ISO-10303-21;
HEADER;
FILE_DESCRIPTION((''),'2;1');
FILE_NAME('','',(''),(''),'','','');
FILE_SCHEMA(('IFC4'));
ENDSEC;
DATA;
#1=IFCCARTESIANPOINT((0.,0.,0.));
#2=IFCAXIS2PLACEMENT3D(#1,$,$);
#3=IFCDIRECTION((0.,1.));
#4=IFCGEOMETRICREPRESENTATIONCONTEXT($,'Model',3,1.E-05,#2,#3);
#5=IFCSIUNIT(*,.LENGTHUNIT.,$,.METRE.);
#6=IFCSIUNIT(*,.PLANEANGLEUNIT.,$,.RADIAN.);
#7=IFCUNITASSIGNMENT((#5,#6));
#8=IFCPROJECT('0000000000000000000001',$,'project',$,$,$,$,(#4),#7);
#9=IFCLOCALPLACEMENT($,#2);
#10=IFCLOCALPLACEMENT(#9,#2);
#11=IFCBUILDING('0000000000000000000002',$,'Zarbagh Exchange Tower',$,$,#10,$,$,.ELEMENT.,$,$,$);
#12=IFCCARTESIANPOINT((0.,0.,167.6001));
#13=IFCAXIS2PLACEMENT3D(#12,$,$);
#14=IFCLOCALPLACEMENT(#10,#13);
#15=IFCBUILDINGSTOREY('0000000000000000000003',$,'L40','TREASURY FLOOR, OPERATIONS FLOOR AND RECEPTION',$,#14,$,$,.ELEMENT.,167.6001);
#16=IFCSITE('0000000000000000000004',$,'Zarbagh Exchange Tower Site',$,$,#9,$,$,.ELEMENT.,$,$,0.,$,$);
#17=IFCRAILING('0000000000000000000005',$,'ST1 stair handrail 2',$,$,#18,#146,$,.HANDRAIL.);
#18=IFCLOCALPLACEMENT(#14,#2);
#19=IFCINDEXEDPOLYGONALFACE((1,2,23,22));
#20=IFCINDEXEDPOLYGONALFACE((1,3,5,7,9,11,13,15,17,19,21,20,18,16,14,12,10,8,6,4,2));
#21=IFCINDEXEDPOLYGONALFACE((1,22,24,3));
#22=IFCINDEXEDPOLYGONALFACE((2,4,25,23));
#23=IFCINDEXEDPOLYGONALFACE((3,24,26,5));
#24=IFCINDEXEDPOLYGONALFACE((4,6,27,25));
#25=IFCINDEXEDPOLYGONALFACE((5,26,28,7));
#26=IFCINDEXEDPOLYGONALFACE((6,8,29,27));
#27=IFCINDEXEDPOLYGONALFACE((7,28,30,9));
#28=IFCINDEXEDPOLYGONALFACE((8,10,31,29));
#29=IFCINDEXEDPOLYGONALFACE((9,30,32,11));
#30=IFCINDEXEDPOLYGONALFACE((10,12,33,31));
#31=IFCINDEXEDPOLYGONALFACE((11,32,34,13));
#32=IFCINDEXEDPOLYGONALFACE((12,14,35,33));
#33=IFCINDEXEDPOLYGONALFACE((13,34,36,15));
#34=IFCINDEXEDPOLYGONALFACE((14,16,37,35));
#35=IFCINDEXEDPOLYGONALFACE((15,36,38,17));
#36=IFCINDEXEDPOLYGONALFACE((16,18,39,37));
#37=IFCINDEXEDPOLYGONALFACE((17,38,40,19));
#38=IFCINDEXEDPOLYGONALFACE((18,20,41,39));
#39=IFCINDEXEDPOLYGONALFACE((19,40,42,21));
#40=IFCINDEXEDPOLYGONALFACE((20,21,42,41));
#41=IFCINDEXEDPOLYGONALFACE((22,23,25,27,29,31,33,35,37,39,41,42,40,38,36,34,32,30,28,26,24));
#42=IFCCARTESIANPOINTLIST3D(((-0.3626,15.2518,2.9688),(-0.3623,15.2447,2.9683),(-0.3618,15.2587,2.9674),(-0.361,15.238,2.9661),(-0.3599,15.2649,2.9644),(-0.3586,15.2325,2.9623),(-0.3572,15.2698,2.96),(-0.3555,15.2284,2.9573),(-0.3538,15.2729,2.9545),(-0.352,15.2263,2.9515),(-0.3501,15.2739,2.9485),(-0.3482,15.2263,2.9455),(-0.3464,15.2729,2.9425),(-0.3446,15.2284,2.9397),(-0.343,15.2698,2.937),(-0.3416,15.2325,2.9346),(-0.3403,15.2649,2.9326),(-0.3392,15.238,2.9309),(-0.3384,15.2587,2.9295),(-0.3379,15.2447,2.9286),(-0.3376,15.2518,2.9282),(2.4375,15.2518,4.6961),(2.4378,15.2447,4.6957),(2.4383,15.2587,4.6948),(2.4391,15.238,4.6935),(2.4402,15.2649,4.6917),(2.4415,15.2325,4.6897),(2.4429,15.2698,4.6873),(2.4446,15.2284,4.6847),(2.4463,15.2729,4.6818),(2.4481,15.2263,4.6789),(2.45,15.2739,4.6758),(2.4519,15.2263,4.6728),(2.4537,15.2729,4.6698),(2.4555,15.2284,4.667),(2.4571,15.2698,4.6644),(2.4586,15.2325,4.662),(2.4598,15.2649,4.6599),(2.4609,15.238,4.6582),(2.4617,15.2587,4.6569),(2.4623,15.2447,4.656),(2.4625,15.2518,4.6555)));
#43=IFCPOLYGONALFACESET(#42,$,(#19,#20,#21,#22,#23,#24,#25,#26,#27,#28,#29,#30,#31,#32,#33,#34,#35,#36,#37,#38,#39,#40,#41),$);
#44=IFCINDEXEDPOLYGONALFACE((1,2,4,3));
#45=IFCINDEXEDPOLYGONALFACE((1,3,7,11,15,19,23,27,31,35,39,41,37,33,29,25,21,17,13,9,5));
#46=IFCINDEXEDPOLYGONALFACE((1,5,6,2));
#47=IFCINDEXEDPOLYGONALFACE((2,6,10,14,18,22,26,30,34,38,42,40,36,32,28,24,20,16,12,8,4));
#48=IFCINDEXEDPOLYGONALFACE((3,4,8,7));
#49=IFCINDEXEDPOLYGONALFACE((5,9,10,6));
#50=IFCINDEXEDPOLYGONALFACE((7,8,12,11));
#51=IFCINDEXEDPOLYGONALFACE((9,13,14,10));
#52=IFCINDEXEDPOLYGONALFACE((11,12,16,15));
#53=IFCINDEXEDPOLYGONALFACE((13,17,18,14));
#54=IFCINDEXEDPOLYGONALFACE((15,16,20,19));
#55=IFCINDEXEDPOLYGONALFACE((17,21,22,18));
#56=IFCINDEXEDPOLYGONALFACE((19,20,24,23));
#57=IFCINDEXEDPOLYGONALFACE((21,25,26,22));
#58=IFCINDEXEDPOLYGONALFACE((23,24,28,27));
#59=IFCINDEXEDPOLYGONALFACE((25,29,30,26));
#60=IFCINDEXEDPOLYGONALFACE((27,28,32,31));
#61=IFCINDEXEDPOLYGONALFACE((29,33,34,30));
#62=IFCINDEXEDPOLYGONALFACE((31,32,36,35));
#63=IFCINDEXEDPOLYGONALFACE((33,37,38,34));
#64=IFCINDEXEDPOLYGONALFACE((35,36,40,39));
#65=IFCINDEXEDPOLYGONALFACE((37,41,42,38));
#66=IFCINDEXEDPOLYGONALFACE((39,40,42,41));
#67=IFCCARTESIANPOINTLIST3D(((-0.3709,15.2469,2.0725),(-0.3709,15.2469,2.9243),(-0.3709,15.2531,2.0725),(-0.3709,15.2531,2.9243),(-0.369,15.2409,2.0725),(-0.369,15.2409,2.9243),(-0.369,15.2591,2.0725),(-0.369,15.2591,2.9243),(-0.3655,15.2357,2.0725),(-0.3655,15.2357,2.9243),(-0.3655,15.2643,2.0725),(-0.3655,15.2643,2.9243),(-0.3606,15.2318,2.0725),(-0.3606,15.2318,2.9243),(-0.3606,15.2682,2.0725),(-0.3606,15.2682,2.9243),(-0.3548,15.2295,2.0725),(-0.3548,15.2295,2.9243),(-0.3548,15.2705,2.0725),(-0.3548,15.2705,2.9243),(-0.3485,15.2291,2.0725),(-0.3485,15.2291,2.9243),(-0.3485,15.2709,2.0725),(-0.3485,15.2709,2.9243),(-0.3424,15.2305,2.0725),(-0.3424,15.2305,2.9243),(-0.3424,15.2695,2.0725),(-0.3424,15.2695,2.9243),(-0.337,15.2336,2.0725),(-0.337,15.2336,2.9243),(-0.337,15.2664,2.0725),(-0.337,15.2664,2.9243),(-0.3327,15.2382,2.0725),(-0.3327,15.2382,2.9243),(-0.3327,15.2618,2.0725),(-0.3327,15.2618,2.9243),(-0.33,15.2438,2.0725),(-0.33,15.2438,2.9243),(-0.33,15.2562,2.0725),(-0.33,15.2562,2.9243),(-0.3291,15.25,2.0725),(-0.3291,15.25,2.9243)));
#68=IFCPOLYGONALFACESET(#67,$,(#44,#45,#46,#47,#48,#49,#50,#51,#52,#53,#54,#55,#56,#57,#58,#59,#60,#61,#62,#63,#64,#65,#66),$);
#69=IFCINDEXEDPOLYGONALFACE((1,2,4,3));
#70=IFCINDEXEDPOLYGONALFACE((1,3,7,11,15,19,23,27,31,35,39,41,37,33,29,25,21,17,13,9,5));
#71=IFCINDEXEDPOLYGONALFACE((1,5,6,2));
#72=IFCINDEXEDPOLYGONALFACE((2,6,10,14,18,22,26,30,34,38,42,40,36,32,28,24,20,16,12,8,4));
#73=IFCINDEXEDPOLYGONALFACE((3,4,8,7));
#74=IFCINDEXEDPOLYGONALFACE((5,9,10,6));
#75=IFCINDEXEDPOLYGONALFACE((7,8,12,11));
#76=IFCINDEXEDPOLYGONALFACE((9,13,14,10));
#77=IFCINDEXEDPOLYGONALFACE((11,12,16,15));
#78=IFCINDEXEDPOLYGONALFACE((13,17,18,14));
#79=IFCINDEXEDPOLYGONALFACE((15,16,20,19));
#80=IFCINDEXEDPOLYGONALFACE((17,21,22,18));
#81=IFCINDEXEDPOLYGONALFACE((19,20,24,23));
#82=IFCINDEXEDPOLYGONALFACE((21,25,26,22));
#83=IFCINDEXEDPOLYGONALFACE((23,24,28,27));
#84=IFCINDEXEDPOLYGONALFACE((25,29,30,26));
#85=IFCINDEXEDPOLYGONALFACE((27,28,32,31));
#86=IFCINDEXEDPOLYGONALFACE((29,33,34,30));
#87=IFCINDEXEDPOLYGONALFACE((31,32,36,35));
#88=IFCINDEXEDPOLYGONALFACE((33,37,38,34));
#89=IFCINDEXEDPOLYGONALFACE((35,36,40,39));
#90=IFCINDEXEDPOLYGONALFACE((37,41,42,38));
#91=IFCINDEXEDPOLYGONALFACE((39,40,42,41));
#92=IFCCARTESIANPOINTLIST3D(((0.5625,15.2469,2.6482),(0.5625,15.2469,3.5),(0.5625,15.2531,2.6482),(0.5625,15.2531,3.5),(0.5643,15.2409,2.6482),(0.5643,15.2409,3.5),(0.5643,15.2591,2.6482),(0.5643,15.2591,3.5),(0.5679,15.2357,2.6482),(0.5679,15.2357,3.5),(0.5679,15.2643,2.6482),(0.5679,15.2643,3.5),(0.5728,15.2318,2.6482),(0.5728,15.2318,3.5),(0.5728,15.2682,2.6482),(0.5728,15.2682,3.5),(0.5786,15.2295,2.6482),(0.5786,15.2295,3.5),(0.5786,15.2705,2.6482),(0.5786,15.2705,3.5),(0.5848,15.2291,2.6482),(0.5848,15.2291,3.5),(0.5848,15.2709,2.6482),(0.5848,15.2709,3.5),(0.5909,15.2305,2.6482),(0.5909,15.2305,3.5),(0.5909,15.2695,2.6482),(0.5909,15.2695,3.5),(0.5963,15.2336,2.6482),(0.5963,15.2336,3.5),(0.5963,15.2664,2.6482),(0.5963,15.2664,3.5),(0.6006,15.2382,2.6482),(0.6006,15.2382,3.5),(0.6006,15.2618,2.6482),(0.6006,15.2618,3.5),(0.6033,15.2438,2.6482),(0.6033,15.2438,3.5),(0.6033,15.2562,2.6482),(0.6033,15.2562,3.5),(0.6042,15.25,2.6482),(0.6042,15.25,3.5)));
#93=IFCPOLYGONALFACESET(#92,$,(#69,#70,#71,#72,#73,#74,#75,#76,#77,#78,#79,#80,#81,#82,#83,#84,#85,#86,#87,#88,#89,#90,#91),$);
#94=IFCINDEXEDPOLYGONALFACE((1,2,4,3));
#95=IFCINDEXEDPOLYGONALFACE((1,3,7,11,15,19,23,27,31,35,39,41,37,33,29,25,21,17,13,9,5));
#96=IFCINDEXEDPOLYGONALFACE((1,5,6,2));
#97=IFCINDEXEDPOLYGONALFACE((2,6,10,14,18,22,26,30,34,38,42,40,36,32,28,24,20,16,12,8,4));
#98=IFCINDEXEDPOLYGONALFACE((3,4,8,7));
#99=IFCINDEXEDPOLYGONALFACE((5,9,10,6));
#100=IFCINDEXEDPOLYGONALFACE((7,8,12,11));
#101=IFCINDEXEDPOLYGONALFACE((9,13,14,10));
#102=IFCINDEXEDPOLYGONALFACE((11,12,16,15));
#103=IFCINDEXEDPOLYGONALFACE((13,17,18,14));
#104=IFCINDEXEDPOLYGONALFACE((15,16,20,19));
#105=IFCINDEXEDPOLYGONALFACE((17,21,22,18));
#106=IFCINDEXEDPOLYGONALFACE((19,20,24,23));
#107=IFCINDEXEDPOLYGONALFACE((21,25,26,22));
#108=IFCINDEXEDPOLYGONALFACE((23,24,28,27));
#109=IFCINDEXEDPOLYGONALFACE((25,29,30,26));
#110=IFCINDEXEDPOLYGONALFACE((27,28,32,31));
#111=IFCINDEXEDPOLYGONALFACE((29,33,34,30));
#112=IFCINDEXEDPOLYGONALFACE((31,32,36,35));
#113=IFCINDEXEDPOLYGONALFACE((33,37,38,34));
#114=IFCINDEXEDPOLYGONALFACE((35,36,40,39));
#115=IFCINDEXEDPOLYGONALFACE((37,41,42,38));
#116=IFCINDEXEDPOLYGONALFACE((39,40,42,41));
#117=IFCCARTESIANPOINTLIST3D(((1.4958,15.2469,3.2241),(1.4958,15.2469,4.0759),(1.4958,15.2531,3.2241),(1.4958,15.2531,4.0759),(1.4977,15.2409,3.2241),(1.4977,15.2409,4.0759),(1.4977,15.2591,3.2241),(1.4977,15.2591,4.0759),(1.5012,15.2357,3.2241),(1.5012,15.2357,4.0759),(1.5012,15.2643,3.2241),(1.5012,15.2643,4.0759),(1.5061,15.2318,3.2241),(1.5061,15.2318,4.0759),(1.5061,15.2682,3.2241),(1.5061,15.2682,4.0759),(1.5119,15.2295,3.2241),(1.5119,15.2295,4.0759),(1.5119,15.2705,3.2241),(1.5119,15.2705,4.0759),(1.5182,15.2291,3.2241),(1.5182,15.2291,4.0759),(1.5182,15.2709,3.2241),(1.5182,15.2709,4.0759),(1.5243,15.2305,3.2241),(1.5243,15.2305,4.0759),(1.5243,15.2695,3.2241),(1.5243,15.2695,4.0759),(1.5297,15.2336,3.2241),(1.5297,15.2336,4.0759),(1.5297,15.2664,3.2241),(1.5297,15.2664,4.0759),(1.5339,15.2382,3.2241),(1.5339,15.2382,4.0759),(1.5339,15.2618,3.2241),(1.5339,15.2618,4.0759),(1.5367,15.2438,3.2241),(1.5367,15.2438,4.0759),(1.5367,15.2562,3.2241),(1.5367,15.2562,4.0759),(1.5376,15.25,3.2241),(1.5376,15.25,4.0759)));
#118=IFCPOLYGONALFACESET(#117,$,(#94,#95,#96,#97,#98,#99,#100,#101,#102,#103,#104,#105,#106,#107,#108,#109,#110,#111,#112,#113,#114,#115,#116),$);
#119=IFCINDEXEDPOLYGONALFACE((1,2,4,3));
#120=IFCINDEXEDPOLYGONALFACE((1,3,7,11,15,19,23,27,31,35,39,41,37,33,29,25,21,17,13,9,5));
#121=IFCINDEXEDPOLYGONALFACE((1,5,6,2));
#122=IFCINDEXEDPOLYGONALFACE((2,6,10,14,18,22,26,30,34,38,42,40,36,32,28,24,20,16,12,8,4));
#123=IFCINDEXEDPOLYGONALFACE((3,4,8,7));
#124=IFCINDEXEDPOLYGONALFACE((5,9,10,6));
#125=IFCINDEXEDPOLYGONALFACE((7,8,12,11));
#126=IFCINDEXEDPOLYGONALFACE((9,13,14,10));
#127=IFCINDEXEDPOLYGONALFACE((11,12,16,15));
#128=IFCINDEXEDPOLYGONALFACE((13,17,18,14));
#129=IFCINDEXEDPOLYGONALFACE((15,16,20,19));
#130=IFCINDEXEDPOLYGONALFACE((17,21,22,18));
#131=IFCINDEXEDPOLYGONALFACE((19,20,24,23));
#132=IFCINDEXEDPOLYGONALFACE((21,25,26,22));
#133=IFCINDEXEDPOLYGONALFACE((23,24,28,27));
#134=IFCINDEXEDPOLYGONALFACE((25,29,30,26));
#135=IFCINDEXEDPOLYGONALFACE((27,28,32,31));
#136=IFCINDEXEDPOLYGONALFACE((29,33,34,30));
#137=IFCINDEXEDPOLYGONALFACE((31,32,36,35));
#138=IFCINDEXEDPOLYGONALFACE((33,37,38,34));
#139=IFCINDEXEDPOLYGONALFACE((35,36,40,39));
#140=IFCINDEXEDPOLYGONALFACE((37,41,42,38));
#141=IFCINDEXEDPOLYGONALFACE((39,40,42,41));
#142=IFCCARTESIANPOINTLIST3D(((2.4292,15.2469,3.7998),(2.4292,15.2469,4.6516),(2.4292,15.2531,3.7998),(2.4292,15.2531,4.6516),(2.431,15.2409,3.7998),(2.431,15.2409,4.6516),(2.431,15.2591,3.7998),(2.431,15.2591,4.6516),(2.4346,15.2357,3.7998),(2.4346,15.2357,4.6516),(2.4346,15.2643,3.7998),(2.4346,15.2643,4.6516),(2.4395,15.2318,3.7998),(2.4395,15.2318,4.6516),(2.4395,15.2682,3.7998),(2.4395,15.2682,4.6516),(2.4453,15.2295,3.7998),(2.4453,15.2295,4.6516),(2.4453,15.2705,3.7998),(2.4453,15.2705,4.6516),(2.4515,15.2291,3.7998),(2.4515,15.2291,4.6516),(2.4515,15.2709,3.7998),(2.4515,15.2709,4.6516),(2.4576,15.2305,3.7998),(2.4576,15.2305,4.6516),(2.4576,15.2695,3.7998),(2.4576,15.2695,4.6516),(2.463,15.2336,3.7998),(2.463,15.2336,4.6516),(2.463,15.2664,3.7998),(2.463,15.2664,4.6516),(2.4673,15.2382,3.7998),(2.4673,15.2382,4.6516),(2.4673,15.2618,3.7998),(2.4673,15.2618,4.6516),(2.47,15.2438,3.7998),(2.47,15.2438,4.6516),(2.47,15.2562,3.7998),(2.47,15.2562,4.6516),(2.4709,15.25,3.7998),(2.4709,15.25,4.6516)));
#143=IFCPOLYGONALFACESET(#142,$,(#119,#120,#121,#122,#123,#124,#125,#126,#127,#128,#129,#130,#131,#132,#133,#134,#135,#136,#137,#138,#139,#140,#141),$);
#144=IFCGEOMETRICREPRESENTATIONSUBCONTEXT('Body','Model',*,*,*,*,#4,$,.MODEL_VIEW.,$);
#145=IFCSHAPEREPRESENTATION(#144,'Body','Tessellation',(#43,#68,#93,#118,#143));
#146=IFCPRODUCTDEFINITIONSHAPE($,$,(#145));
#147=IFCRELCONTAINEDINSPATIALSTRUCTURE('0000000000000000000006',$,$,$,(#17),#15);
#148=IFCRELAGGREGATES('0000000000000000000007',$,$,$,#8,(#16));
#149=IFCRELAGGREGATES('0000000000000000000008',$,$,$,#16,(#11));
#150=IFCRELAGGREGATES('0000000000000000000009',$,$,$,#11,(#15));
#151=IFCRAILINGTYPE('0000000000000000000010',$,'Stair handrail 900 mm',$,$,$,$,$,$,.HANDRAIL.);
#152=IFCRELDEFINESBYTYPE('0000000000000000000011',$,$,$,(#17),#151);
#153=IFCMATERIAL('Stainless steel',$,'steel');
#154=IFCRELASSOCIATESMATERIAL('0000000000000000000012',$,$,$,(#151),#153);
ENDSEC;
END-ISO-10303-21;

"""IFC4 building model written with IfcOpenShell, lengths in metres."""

from ifc_helpers import new_model, si_unit, direction, frame, origin, origin_2d, place, context, subcontext, project, spatial, circle, extrude, material, type_object, element, save


model = new_model("IFC4")

# Units and contexts
model_context = context("Model", 3, precision=1e-05, world=origin(), true_north=direction((0.0, 1.0)))
body_context = subcontext(model_context, "Body", "Model", "MODEL_VIEW")
ifc_project = project(units=[si_unit("LENGTHUNIT", "METRE"), si_unit("PLANEANGLEUNIT", "RADIAN")], contexts=[model_context])

# Site, building, storey
site_placement = place(None, origin())
site = spatial("IfcSite", under=ifc_project, at=site_placement, Name="Zarbagh Exchange Tower Site", CompositionType="ELEMENT", RefElevation=0.0)
building_placement = place(site_placement, origin())
building = spatial("IfcBuilding", under=site, at=building_placement, Name="Zarbagh Exchange Tower", CompositionType="ELEMENT")
storey_placement = place(building_placement, frame((0.0, 0.0, 167.6001)))
storey = spatial("IfcBuildingStorey", under=building, at=storey_placement, Name="L40", Description="TREASURY FLOOR, OPERATIONS FLOOR AND RECEPTION", CompositionType="ELEMENT", Elevation=167.6001)

# Railing
ifc_material_1 = material(Name="Stainless steel", Category="steel")
railing_type_1 = type_object("IfcRailingType", Name="Stair handrail 900 mm", PredefinedType="HANDRAIL", material=ifc_material_1)
railing_1_placement = place(storey_placement, frame((-0.3501, 15.25, 2.0725)))
element("IfcRailing", 1, at=railing_1_placement, inside=storey, type_object=railing_type_1, Name="ST1 stair handrail 2", PredefinedType="HANDRAIL", context=body_context, shape_type="SweptSolid", body=[
    extrude(circle(Radius=0.0239, at=origin_2d()), frame((0.0, 0.0, 0.876), z_axis=(0.85109, 0.0, 0.52502), x_axis=(0.0, 1.0, 0.0)), (0.0, 0.0, 1.0), 3.29),
    extrude(circle(Radius=0.021, at=origin_2d()), origin(), (0.0, 0.0, 1.0), 0.8518),
    extrude(circle(Radius=0.021, at=origin_2d()), frame((0.9333, 0.0, 0.5757)), (0.0, 0.0, 1.0), 0.8518),
    extrude(circle(Radius=0.021, at=origin_2d()), frame((1.8667, 0.0, 1.1516)), (0.0, 0.0, 1.0), 0.8518),
    extrude(circle(Radius=0.021, at=origin_2d()), frame((2.8, 0.0, 1.7273)), (0.0, 0.0, 1.0), 0.8518),
])

save(model, "model.ifc")
